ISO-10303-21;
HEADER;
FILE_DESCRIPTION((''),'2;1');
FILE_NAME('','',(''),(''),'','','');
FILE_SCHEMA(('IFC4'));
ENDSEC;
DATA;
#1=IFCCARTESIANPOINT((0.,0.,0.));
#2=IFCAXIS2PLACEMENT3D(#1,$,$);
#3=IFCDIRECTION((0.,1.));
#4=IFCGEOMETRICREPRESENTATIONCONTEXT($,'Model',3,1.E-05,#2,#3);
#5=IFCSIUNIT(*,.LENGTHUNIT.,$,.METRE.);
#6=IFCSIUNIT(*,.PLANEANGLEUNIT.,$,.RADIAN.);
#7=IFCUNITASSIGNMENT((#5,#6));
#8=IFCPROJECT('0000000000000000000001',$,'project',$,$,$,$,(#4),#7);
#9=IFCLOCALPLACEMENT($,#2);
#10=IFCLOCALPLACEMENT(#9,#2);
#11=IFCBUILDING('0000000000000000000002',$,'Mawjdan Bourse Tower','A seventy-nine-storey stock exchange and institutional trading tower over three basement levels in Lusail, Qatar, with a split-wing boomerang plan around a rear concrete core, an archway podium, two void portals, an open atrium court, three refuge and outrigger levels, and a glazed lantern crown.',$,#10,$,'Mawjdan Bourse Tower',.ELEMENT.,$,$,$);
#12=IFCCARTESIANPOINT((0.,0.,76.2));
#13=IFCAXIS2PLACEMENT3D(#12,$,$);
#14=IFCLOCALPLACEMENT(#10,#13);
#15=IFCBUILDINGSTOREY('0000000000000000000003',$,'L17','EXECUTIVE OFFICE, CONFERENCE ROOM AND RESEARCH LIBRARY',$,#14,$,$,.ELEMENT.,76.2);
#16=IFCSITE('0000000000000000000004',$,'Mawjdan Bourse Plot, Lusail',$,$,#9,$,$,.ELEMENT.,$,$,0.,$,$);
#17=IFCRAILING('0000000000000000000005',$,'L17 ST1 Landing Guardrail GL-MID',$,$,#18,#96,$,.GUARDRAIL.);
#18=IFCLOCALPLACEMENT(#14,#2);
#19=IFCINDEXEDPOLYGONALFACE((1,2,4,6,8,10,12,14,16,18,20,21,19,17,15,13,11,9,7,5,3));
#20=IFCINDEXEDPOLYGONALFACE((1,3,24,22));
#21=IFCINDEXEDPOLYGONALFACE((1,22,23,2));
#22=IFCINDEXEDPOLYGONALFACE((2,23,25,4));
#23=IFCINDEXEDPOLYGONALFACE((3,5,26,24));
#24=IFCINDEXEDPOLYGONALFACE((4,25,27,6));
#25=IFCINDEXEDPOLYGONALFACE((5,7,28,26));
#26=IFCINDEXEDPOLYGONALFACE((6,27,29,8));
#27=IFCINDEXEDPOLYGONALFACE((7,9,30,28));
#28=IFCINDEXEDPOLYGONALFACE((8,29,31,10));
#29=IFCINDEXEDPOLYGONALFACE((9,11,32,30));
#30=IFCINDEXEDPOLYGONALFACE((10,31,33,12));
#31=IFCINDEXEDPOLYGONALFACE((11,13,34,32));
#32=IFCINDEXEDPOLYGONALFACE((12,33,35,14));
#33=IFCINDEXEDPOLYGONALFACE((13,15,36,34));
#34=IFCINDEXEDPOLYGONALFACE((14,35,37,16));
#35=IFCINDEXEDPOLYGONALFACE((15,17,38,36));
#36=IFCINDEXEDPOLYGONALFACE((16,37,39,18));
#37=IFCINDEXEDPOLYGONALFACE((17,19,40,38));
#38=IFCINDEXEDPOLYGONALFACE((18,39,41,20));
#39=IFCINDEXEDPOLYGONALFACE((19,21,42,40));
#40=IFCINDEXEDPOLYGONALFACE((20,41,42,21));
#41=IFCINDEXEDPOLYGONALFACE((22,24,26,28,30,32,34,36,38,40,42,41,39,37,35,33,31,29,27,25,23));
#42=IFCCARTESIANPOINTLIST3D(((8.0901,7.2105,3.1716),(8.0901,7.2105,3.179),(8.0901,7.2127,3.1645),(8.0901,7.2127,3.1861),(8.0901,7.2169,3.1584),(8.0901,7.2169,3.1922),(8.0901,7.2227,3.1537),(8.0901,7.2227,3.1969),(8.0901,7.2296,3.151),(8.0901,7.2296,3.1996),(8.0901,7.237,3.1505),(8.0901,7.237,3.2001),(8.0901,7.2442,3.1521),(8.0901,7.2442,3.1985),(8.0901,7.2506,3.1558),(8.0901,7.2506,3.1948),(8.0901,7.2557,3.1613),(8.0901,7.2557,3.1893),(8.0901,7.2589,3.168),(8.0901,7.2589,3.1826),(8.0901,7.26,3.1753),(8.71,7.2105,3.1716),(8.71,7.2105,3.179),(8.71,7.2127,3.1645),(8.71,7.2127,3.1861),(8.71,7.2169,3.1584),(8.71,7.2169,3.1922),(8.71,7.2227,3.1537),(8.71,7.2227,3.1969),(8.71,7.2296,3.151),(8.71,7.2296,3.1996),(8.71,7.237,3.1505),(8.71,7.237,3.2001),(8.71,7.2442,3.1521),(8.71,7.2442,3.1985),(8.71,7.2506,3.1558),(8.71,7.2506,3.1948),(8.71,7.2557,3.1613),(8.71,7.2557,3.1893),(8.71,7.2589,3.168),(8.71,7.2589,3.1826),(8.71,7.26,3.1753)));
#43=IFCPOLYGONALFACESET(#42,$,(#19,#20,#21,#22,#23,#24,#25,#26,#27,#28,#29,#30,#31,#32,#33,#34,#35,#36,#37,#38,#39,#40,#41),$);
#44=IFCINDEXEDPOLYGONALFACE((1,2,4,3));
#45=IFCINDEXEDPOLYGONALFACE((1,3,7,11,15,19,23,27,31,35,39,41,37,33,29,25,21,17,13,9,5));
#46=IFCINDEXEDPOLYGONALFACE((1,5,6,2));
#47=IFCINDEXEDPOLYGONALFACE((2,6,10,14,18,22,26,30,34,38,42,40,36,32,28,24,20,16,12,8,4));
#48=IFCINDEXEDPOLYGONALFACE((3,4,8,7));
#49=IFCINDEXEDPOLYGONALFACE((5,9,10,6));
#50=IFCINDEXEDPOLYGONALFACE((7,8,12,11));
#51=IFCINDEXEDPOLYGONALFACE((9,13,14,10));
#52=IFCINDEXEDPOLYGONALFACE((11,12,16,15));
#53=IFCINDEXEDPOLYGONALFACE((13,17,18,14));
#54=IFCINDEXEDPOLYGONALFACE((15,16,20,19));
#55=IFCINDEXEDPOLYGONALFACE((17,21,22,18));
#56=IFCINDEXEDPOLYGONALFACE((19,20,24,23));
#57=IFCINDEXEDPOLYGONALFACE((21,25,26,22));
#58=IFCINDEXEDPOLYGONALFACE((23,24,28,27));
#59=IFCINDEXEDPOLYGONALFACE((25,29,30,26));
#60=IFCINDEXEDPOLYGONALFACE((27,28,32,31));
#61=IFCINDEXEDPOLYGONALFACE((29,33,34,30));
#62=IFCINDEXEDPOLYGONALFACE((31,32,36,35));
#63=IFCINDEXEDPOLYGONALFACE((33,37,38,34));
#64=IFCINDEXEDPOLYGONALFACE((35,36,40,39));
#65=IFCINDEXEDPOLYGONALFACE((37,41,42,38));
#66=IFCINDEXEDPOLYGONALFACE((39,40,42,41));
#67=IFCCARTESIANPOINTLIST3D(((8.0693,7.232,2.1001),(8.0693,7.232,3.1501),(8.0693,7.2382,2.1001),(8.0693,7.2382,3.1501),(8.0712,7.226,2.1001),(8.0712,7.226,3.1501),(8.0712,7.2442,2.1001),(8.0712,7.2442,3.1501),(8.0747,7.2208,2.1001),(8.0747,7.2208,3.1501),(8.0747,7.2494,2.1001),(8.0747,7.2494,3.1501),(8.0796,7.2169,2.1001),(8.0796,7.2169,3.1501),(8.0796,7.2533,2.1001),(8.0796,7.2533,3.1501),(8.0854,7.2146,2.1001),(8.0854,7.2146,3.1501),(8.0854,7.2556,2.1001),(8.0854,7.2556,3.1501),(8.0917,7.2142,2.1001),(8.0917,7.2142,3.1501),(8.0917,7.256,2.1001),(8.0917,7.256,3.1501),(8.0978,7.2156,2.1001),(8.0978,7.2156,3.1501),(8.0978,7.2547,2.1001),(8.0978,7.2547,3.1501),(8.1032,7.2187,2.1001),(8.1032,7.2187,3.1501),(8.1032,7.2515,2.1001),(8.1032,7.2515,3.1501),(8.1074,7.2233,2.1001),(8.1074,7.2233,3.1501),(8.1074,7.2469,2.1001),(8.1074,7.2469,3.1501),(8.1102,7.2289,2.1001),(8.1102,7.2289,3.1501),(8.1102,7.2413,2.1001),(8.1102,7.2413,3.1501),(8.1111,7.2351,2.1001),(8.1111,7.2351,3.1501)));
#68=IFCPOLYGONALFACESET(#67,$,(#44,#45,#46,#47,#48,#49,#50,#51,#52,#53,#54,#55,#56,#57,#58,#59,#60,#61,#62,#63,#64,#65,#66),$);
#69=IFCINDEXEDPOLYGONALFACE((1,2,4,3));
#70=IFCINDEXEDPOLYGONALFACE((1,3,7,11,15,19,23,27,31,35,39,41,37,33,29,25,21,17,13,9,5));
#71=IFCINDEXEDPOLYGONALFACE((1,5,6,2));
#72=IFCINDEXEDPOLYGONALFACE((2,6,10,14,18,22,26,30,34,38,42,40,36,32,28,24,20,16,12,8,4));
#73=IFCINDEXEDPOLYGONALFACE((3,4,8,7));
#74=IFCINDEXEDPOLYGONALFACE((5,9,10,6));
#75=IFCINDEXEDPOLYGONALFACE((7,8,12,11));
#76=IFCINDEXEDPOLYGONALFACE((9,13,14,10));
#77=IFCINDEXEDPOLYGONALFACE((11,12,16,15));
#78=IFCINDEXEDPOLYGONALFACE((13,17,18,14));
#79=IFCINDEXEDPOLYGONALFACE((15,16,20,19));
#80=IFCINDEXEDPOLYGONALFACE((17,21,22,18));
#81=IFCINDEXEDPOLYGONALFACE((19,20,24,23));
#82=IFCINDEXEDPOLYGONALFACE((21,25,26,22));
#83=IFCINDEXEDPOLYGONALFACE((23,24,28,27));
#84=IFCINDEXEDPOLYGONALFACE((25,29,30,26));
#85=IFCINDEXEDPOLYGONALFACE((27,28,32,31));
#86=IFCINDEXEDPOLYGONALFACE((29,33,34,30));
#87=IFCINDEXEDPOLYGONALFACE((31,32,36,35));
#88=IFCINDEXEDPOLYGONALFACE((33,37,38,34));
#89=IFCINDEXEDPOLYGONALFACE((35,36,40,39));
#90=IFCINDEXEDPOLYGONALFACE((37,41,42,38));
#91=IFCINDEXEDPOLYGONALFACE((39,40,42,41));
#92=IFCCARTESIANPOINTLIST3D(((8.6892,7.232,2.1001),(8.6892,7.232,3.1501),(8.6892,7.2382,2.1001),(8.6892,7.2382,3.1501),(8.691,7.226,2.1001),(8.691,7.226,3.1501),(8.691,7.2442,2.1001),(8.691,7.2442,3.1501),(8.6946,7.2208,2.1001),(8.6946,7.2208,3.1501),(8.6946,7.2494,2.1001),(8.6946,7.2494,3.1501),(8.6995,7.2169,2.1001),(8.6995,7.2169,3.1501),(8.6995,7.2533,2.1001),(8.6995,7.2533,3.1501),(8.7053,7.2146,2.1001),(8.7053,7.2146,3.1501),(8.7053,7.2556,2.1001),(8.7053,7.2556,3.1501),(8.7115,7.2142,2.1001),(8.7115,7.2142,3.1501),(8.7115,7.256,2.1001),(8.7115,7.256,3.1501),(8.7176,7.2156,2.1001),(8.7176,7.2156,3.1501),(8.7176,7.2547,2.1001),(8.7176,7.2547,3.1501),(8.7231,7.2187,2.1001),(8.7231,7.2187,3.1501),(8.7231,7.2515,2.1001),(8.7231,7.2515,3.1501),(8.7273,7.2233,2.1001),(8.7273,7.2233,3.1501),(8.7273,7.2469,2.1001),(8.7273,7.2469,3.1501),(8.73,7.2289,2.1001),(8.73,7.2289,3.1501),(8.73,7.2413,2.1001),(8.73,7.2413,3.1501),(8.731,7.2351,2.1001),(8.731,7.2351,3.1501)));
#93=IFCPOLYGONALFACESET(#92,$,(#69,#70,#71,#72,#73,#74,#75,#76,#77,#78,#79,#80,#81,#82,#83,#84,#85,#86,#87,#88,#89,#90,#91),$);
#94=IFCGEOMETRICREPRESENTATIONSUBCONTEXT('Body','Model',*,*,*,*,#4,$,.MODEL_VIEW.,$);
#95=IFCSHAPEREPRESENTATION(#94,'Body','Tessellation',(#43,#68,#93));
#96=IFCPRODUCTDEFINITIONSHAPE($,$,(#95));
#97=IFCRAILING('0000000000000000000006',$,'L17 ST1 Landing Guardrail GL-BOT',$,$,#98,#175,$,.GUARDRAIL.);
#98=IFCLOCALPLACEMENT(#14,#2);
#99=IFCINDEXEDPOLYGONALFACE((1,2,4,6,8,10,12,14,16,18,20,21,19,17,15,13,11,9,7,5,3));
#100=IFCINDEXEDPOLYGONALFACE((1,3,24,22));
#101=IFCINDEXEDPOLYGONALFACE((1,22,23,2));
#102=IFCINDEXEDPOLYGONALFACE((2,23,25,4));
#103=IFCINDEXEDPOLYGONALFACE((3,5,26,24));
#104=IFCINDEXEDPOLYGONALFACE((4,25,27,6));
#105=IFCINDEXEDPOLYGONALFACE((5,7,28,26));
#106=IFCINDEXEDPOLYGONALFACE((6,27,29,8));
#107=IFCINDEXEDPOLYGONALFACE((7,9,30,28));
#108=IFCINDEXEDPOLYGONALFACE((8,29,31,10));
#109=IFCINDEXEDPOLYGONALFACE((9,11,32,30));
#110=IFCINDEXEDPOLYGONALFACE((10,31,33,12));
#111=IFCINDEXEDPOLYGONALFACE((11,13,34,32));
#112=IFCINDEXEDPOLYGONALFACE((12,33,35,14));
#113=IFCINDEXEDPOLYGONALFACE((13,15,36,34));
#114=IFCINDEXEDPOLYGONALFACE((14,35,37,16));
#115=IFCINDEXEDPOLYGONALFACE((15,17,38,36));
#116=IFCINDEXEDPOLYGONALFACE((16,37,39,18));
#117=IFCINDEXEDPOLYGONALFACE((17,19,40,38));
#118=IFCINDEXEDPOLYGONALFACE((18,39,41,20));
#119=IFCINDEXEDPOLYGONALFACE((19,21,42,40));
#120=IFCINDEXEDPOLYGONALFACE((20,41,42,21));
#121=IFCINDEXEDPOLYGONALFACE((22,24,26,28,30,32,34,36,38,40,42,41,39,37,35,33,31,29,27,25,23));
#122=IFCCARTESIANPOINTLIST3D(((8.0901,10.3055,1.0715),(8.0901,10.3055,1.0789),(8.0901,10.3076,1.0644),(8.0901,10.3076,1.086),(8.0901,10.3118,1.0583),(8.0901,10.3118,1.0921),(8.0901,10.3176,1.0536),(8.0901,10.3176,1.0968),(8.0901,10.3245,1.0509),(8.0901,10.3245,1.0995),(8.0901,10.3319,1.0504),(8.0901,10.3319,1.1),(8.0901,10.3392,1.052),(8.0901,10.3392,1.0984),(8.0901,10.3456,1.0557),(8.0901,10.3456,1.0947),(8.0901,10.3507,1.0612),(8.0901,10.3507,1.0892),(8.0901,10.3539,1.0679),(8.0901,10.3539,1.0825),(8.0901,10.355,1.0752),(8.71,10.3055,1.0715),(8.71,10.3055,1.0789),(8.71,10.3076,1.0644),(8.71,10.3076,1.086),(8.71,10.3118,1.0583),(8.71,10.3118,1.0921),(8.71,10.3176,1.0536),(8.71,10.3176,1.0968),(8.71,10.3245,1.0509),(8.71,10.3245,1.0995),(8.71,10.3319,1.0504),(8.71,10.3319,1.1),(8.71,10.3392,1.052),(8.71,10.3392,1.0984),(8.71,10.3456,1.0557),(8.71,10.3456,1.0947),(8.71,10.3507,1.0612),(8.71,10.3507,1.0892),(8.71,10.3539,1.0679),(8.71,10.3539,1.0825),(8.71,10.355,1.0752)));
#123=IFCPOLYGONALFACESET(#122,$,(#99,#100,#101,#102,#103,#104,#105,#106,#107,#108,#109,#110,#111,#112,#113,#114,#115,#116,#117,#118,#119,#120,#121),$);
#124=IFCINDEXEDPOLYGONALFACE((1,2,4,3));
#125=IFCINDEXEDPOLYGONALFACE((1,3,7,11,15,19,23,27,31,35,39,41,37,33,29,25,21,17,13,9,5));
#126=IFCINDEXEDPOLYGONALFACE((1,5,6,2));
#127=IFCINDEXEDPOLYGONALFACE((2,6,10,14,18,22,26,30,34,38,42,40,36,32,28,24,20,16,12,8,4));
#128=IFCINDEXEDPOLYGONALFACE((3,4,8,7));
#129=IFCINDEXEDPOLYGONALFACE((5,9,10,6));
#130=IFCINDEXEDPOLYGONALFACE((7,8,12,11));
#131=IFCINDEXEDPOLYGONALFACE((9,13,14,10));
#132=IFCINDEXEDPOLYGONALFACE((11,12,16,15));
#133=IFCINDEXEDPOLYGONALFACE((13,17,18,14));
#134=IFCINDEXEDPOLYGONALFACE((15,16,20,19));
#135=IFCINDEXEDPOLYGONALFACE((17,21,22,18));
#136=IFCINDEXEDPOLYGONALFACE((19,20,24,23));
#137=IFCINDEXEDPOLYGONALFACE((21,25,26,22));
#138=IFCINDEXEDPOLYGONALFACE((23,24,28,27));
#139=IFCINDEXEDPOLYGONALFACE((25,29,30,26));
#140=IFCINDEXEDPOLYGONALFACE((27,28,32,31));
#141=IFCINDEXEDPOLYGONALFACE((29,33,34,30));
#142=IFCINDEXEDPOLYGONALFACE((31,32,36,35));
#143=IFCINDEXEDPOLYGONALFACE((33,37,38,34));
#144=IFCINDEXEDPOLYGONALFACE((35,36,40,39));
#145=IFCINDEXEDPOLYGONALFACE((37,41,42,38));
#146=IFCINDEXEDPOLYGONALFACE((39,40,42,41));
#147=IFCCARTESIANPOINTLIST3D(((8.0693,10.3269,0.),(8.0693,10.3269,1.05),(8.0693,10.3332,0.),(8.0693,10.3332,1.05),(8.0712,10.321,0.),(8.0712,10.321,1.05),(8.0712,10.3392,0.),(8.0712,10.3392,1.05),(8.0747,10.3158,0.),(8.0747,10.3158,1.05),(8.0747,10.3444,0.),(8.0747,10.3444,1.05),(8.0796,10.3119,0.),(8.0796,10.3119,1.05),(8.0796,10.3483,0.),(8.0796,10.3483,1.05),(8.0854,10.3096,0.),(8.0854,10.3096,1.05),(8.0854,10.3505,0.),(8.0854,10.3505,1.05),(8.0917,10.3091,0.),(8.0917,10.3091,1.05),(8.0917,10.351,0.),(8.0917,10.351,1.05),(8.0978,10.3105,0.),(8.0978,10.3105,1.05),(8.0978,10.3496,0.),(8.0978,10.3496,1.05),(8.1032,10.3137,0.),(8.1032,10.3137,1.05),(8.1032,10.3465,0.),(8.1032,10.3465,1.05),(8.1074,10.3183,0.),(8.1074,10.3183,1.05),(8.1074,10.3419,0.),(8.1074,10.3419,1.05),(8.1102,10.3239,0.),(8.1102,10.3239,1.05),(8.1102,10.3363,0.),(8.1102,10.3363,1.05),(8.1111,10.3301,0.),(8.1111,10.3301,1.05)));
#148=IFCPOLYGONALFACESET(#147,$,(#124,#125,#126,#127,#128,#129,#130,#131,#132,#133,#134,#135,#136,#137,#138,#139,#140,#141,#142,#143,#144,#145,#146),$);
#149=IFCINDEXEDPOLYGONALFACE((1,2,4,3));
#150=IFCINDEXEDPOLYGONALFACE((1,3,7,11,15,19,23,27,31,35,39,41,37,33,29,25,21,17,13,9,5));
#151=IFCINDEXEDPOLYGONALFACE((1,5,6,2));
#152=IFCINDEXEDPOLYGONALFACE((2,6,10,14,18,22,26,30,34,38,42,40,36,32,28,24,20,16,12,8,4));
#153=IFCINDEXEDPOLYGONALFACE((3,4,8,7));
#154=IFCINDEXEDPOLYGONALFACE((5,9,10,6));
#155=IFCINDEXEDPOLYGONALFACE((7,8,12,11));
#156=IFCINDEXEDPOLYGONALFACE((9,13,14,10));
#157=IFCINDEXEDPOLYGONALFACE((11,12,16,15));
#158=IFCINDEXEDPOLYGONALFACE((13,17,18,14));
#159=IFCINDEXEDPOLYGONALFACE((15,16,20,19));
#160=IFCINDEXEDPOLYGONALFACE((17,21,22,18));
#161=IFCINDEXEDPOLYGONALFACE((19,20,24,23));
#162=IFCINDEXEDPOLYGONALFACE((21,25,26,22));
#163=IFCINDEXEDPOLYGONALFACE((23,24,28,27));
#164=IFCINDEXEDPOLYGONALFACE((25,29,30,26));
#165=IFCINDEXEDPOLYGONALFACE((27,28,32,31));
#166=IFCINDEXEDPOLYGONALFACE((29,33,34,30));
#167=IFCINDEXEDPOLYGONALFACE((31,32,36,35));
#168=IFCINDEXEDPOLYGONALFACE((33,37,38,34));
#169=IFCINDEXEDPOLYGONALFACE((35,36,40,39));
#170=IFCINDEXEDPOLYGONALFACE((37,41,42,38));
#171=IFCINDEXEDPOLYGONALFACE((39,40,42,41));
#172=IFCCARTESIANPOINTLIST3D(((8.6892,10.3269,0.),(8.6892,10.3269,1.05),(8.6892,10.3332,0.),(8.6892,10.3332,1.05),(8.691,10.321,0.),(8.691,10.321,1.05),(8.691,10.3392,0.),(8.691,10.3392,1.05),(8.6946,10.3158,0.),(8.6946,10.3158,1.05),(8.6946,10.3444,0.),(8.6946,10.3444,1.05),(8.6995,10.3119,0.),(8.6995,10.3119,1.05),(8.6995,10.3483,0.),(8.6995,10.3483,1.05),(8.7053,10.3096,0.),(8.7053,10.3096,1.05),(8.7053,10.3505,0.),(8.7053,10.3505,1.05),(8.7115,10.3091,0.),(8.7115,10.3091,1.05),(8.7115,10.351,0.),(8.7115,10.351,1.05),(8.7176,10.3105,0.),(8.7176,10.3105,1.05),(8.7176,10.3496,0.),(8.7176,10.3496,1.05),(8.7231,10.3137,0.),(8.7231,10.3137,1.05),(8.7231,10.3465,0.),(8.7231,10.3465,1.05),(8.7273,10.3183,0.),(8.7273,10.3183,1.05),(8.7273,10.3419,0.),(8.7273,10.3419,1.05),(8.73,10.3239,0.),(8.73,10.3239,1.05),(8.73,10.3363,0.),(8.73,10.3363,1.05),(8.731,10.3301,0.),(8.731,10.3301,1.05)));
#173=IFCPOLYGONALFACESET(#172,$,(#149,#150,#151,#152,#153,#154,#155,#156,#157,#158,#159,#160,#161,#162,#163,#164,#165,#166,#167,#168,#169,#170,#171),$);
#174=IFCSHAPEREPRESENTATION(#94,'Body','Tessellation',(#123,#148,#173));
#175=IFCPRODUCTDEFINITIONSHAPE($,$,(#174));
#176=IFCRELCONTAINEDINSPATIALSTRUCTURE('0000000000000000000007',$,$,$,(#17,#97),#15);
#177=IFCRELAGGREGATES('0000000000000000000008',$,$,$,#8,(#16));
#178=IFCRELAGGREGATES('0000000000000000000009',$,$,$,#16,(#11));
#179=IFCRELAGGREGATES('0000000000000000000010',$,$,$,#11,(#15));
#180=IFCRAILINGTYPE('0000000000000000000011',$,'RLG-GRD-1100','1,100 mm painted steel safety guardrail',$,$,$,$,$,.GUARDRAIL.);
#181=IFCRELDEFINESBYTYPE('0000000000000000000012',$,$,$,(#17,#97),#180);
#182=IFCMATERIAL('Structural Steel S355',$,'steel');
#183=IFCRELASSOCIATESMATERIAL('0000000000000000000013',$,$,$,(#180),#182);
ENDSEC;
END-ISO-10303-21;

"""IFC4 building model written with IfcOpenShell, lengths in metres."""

from ifc_helpers import new_model, si_unit, direction, frame, origin, origin_2d, place, context, subcontext, project, spatial, circle, extrude, material, type_object, element, save


model = new_model("IFC4")

# Units and contexts
model_context = context("Model", 3, precision=1e-05, world=origin(), true_north=direction((0.0, 1.0)))
body_context = subcontext(model_context, "Body", "Model", "MODEL_VIEW")
ifc_project = project(units=[si_unit("LENGTHUNIT", "METRE"), si_unit("PLANEANGLEUNIT", "RADIAN")], contexts=[model_context])

# Site, building, storey
site_placement = place(None, origin())
site = spatial("IfcSite", under=ifc_project, at=site_placement, Name="Mawjdan Bourse Plot, Lusail", CompositionType="ELEMENT", RefElevation=0.0)
building_placement = place(site_placement, origin())
building = spatial("IfcBuilding", under=site, at=building_placement, Name="Mawjdan Bourse Tower", Description="A seventy-nine-storey stock exchange and institutional trading tower over three basement levels in Lusail, Qatar, with a split-wing boomerang plan around a rear concrete core, an archway podium, two void portals, an open atrium court, three refuge and outrigger levels, and a glazed lantern crown.", LongName="Mawjdan Bourse Tower", CompositionType="ELEMENT")
storey_placement = place(building_placement, frame((0.0, 0.0, 76.2)))
storey = spatial("IfcBuildingStorey", under=building, at=storey_placement, Name="L17", Description="EXECUTIVE OFFICE, CONFERENCE ROOM AND RESEARCH LIBRARY", CompositionType="ELEMENT", Elevation=76.2)

# Shared definitions
ifc_material_1 = material(Name="Structural Steel S355", Category="steel")

# Railings
railing_type_1 = type_object("IfcRailingType", Name="RLG-GRD-1100", Description="1,100 mm painted steel safety guardrail", PredefinedType="GUARDRAIL", material=ifc_material_1)
for number, where, name in (
    (1, (8.0901, 7.2351, 2.1001), "L17 ST1 Landing Guardrail GL-MID"),
    (2, (8.0901, 10.3301, 0.0), "L17 ST1 Landing Guardrail GL-BOT"),
):
    element("IfcRailing", number, at=place(storey_placement, frame(where)), inside=storey, type_object=railing_type_1, Name=name, PredefinedType="GUARDRAIL", context=body_context, shape_type="SweptSolid", body=[
        extrude(circle(Radius=0.0249, at=origin_2d()), frame((0.0, 0.0, 1.0752), z_axis=(1.0, 0.0, 0.0), x_axis=(0.0, 1.0, 0.0)), (0.0, 0.0, 1.0), 0.6199),
        extrude(circle(Radius=0.021, at=origin_2d()), origin(), (0.0, 0.0, 1.0), 1.05),
        extrude(circle(Radius=0.021, at=origin_2d()), frame((0.6199, 0.0, 0.0)), (0.0, 0.0, 1.0), 1.05),
    ])

save(model, "model.ifc")
